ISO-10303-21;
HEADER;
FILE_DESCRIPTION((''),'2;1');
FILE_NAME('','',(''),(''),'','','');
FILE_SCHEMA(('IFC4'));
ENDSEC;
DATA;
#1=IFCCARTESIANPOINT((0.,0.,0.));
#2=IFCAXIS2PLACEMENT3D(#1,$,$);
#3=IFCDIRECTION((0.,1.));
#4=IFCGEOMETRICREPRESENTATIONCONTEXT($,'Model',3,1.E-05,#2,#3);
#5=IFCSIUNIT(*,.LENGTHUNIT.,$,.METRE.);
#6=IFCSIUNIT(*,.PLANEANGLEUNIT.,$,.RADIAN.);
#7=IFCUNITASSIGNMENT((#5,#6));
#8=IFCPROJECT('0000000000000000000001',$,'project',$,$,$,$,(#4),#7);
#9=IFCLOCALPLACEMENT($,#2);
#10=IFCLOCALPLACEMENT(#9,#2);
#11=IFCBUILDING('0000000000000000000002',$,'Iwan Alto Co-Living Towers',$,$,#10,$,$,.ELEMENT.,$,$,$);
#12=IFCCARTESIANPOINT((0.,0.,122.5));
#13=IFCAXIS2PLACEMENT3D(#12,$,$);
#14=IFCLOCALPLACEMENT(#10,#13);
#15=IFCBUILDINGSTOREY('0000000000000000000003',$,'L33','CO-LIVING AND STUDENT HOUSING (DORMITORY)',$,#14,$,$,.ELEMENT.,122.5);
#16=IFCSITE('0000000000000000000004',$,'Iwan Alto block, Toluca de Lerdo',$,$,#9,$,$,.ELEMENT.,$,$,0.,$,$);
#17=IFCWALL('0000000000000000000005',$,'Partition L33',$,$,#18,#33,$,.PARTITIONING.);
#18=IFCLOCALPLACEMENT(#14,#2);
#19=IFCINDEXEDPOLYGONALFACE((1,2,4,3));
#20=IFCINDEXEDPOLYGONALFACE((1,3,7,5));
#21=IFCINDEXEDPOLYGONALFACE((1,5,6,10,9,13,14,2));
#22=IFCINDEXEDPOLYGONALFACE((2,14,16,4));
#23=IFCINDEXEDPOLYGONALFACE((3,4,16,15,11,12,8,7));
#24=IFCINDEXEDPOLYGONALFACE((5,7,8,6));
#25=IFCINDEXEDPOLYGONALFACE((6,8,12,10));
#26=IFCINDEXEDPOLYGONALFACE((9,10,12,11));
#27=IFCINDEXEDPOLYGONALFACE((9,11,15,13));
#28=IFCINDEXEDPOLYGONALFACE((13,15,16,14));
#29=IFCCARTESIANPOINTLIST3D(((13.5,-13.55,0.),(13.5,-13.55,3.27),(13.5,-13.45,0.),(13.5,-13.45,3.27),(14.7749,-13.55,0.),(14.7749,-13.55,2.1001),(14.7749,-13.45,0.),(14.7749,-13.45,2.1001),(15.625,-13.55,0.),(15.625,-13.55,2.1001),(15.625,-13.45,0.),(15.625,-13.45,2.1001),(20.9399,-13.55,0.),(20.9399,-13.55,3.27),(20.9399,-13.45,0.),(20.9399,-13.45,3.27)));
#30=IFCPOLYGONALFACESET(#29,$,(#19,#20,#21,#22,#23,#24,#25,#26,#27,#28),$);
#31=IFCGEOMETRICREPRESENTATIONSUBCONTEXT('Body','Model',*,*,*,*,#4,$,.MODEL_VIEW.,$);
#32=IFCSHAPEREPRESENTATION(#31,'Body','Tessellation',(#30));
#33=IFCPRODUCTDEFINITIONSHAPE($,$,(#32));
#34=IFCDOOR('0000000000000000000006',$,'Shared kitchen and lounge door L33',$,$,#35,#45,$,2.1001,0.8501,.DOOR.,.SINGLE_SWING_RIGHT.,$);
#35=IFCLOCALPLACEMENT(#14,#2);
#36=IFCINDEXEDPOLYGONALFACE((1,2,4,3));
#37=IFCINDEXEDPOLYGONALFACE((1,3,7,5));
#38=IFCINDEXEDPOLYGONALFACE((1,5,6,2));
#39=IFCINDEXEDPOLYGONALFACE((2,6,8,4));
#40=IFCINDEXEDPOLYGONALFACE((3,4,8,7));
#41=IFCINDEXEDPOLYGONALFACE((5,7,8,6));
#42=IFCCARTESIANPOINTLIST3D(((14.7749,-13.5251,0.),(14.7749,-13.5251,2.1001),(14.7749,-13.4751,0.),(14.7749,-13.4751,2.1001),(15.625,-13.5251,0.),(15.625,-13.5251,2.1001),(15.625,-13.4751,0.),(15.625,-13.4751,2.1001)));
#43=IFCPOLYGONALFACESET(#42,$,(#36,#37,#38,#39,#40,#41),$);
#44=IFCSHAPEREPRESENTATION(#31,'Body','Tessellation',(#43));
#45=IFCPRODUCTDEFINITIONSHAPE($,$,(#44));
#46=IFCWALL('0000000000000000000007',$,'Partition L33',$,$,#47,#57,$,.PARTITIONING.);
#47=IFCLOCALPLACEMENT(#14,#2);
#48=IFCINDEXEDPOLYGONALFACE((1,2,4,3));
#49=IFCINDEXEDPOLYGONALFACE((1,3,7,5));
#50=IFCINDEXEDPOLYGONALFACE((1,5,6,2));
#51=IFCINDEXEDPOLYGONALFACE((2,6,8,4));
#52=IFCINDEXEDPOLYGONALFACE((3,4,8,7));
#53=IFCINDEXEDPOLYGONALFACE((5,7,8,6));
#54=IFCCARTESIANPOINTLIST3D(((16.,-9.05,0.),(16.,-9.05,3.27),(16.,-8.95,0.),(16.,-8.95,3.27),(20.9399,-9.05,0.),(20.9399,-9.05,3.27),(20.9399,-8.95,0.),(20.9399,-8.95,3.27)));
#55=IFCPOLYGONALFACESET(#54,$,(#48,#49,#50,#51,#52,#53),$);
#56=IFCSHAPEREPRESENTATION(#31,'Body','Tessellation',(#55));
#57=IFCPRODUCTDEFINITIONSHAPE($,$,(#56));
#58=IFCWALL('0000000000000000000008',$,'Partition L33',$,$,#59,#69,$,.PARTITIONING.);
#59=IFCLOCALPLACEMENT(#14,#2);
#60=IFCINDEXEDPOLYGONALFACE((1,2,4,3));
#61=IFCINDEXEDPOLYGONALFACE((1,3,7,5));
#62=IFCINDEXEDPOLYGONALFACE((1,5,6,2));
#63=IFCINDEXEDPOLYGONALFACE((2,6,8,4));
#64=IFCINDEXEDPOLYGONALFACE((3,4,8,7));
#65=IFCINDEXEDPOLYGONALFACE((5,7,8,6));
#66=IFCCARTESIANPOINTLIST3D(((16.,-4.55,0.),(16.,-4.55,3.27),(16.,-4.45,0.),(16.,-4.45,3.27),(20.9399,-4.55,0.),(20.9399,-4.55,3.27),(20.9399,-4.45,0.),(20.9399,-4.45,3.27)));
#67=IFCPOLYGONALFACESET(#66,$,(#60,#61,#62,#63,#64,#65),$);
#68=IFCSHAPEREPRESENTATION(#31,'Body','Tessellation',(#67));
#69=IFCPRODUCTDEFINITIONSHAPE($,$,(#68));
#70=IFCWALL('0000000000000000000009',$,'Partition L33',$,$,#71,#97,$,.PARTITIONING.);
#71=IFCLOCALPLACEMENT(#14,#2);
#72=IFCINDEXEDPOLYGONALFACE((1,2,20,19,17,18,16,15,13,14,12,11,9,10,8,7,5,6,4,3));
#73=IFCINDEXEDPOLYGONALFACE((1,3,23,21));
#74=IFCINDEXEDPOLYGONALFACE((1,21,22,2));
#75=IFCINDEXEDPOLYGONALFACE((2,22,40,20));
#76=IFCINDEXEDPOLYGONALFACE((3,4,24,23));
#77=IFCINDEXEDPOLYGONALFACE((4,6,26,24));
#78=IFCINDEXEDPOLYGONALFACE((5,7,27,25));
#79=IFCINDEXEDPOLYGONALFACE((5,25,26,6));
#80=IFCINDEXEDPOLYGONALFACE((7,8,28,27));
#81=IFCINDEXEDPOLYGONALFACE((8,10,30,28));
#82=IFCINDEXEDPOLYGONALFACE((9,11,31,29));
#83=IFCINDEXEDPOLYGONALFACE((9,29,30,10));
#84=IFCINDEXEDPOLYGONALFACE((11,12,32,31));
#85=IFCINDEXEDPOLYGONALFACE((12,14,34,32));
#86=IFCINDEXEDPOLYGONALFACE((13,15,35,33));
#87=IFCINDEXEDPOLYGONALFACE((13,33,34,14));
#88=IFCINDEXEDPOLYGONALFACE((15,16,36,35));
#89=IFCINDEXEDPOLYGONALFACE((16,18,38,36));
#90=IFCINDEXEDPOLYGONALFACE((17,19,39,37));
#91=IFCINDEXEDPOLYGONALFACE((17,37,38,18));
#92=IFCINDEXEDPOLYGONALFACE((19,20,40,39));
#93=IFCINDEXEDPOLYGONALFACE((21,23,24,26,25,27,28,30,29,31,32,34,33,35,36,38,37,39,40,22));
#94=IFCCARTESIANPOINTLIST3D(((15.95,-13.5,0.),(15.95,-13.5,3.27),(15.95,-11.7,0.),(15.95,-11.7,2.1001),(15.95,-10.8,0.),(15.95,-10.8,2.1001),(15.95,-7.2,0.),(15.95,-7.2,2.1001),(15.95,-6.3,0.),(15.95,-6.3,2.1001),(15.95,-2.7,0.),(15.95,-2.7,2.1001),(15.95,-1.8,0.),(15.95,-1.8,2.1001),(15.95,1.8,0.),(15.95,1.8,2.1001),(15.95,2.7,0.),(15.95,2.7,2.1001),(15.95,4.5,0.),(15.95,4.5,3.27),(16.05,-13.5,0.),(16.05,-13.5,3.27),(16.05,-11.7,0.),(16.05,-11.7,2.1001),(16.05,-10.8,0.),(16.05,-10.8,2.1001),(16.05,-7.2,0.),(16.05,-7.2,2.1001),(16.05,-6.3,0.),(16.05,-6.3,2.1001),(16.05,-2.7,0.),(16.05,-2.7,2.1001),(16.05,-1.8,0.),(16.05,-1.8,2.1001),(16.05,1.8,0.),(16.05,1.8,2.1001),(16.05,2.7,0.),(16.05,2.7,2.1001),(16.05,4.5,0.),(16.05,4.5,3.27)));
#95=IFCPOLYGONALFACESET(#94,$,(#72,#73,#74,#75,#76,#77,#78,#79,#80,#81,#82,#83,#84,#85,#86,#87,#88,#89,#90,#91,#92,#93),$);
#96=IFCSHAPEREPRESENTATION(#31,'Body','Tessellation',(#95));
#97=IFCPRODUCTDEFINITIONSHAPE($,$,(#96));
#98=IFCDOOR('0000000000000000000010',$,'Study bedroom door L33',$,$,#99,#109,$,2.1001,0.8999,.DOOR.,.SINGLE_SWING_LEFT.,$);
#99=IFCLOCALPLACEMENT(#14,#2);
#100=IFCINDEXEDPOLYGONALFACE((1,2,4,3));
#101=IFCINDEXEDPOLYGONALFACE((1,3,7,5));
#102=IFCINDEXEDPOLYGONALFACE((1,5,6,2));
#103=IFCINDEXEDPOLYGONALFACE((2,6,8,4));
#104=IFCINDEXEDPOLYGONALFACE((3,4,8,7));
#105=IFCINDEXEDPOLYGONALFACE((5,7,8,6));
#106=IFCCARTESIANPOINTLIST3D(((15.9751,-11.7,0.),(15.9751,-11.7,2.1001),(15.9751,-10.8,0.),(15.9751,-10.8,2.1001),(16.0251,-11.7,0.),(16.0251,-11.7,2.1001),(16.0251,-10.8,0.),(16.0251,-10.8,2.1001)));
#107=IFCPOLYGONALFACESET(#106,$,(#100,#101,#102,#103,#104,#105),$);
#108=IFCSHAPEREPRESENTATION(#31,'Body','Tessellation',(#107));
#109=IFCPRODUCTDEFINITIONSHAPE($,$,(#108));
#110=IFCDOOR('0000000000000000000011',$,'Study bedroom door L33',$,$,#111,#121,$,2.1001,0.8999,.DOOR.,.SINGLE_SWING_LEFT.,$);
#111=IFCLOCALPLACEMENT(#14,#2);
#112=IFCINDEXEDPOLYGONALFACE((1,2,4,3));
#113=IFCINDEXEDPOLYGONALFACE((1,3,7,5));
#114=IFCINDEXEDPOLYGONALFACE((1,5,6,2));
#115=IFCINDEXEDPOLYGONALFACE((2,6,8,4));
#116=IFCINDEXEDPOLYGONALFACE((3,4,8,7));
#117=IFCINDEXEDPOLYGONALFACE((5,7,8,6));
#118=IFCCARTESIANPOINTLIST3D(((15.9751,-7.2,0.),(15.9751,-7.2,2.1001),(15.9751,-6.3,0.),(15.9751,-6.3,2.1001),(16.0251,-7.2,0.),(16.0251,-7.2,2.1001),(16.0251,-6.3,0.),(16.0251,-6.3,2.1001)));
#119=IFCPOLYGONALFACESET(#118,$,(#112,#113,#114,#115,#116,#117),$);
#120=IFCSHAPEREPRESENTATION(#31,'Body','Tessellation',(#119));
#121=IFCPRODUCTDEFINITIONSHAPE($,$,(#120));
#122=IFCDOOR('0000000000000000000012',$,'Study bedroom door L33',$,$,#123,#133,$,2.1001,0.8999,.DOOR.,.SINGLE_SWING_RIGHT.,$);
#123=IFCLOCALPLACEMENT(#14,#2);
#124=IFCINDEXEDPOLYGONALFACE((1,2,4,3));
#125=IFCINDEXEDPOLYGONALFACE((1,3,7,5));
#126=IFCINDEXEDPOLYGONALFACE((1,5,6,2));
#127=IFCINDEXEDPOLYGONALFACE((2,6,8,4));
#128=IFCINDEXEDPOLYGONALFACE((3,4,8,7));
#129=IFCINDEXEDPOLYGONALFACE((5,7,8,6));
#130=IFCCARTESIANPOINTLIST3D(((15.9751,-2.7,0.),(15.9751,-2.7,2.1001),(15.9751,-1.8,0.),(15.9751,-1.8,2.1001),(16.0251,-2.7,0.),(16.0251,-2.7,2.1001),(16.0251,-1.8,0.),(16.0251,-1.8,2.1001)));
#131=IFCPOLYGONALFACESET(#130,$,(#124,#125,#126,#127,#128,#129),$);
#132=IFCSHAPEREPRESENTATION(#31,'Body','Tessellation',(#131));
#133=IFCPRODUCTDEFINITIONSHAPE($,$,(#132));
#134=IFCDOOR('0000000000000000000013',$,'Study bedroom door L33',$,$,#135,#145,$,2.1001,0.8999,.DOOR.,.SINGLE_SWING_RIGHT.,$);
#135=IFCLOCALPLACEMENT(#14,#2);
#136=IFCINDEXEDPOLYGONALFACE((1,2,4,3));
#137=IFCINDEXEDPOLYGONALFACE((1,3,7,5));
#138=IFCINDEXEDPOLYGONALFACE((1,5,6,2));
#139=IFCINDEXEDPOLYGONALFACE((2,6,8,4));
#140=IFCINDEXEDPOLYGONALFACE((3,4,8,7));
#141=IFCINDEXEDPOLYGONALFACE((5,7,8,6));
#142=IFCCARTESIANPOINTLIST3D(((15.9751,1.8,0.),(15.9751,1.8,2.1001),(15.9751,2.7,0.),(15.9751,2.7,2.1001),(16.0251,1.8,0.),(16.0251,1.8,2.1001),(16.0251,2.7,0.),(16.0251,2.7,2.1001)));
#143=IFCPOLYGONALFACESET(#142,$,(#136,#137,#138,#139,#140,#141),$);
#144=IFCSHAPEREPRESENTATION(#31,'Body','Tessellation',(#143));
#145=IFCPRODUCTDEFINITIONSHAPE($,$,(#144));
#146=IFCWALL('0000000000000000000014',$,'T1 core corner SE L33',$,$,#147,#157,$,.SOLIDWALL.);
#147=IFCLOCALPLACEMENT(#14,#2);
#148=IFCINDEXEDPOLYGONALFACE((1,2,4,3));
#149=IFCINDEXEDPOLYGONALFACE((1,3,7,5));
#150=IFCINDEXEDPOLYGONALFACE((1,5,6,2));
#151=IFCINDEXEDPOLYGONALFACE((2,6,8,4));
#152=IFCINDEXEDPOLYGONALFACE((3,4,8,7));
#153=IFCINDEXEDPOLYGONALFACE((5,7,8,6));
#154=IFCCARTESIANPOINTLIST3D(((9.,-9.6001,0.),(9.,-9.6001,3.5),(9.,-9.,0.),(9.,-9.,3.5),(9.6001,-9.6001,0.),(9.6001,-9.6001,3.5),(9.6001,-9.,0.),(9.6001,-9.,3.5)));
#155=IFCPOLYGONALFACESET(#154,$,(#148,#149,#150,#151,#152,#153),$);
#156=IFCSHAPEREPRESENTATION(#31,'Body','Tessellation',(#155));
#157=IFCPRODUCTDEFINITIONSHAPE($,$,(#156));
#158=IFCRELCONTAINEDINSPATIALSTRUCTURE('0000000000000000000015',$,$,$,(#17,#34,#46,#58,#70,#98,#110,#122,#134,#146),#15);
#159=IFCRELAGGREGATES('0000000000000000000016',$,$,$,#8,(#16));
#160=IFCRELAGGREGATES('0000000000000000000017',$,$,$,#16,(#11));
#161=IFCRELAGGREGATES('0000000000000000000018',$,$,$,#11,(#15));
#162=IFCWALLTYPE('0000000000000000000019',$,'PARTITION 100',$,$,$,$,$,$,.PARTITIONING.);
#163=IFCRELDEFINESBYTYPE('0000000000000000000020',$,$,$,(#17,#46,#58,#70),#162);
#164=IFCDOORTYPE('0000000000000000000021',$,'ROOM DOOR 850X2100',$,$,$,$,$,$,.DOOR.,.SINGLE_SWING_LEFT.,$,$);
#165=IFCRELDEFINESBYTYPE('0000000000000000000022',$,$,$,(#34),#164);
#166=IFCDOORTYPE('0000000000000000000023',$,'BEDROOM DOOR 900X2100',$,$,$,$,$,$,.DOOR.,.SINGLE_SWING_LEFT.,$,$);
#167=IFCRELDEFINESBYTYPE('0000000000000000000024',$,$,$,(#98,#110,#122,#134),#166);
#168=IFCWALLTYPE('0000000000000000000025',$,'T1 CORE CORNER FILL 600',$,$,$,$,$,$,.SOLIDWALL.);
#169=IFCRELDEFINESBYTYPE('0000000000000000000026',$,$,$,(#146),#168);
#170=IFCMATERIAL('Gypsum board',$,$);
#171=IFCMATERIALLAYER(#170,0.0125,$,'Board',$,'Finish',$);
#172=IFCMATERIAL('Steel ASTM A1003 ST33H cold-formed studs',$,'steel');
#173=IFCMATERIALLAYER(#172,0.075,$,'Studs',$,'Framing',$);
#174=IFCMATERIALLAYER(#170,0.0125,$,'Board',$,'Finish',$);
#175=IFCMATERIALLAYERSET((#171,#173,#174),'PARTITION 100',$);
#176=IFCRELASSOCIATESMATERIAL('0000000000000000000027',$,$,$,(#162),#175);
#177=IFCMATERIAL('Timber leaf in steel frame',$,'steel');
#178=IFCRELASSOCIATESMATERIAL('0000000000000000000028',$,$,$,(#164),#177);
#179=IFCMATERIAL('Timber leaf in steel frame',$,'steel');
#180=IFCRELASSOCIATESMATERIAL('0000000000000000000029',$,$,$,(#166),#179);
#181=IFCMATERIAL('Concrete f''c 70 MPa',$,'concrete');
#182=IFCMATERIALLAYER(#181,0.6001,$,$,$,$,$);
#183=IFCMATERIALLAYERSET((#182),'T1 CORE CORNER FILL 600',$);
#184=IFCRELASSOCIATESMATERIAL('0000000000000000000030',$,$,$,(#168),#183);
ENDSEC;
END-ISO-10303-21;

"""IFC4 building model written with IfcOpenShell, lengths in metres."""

from ifc_helpers import new_model, si_unit, direction, frame, frame_2d, origin, place, context, subcontext, project, spatial, rectangle, extrude, material, layer, layer_set, type_object, element, fill, save


model = new_model("IFC4")

# Units and contexts
model_context = context("Model", 3, precision=1e-05, world=origin(), true_north=direction((0.0, 1.0)))
body_context = subcontext(model_context, "Body", "Model", "MODEL_VIEW")
ifc_project = project(units=[si_unit("LENGTHUNIT", "METRE"), si_unit("PLANEANGLEUNIT", "RADIAN")], contexts=[model_context])

# Site, building, storey
site_placement = place(None, origin())
site = spatial("IfcSite", under=ifc_project, at=site_placement, Name="Iwan Alto block, Toluca de Lerdo", CompositionType="ELEMENT", RefElevation=0.0)
building_placement = place(site_placement, origin())
building = spatial("IfcBuilding", under=site, at=building_placement, Name="Iwan Alto Co-Living Towers", CompositionType="ELEMENT")
storey_placement = place(building_placement, frame((0.0, 0.0, 122.5)))
storey = spatial("IfcBuildingStorey", under=building, at=storey_placement, Name="L33", Description="CO-LIVING AND STUDENT HOUSING (DORMITORY)", CompositionType="ELEMENT", Elevation=122.5)

# Shared definitions
ifc_material_1 = material(Name="Gypsum board")
ifc_material_2 = material(Name="Steel ASTM A1003 ST33H cold-formed studs", Category="steel")

# Wall, opening, door
ifc_layer_1 = layer(ifc_material_1, 0.0125, Name="Board", Category="Finish")
ifc_layer_2 = layer(ifc_material_2, 0.075, Name="Studs", Category="Framing")
ifc_layer_3 = layer(ifc_material_1, 0.0125, Name="Board", Category="Finish")
ifc_layer_set_1 = layer_set([ifc_layer_1, ifc_layer_2, ifc_layer_3], Name="PARTITION 100")
wall_type_1 = type_object("IfcWallType", Name="PARTITION 100", PredefinedType="PARTITIONING", material=ifc_layer_set_1)
wall_1_placement = place(storey_placement, frame((13.5, -13.5, 0.0), z_axis=(0.0, 0.0, 1.0), x_axis=(1.0, 0.0, 0.0)))
wall_1 = element("IfcWall", 1, at=wall_1_placement, inside=storey, type_object=wall_type_1, Name="Partition L33", PredefinedType="PARTITIONING", context=body_context, shape_type="SweptSolid", body=[
    extrude(rectangle(XDim=7.4399, YDim=0.1001, at=frame_2d((3.72, 0.0))), origin(), (0.0, 0.0, 1.0), 3.27),
])
opening_1_placement = place(wall_1_placement, frame((1.2749, 0.0, 0.0)))
opening_1 = element("IfcOpeningElement", 2, at=opening_1_placement, cuts=wall_1, PredefinedType="OPENING", context=body_context, shape_type="SweptSolid", body=[
    extrude(rectangle(XDim=0.8501, YDim=2.1001, at=frame_2d((0.425, 1.05))), frame((0.0, 0.0601, 0.0), z_axis=(0.0, -1.0, 0.0), x_axis=(1.0, 0.0, 0.0)), (0.0, 0.0, 1.0), 0.1201),
])
ifc_material_3 = material(Name="Timber leaf in steel frame", Category="steel")
door_type_1 = type_object("IfcDoorType", Name="ROOM DOOR 850X2100", OperationType="SINGLE_SWING_LEFT", PredefinedType="DOOR", material=ifc_material_3)
door_1_placement = place(opening_1_placement, origin())
door_1 = element("IfcDoor", 3, at=door_1_placement, inside=storey, type_object=door_type_1, Name="Shared kitchen and lounge door L33", OperationType="SINGLE_SWING_RIGHT", OverallHeight=2.1001, OverallWidth=0.8501, PredefinedType="DOOR", context=body_context, shape_type="SweptSolid", body=[
    extrude(rectangle(XDim=0.8501, YDim=2.1001, at=frame_2d((0.425, 1.05))), frame((0.0, 0.0249, 0.0), z_axis=(0.0, -1.0, 0.0), x_axis=(1.0, 0.0, 0.0)), (0.0, 0.0, 1.0), 0.05),
])
fill(opening_1, door_1)

# Walls
for number, where, z_axis, x_axis, name in (
    (4, (16.0, -9.0, 0.0), (0.0, 0.0, 1.0), (1.0, 0.0, 0.0), "Partition L33"),
    (5, (16.0, -4.5, 0.0), (0.0, 0.0, 1.0), (1.0, 0.0, 0.0), "Partition L33"),
):
    element("IfcWall", number, at=place(storey_placement, frame(where, z_axis=z_axis, x_axis=x_axis)), inside=storey, type_object=wall_type_1, Name=name, PredefinedType="PARTITIONING", context=body_context, shape_type="SweptSolid", body=[
        extrude(rectangle(XDim=4.9399, YDim=0.1001, at=frame_2d((2.47, 0.0))), origin(), (0.0, 0.0, 1.0), 3.27),
    ])

# Wall, openings, doors
wall_2_placement = place(storey_placement, frame((16.0, -13.5, 0.0), z_axis=(0.0, 0.0, 1.0), x_axis=(0.0, 1.0, 0.0)))
wall_2 = element("IfcWall", 6, at=wall_2_placement, inside=storey, type_object=wall_type_1, Name="Partition L33", PredefinedType="PARTITIONING", context=body_context, shape_type="SweptSolid", body=[
    extrude(rectangle(XDim=18.0, YDim=0.1001, at=frame_2d((9.0, 0.0))), origin(), (0.0, 0.0, 1.0), 3.27),
])
opening_2_placement = place(wall_2_placement, frame((1.8, 0.0, 0.0)))
opening_2 = element("IfcOpeningElement", 7, at=opening_2_placement, cuts=wall_2, PredefinedType="OPENING", context=body_context, shape_type="SweptSolid", body=[
    extrude(rectangle(XDim=0.8999, YDim=2.1001, at=frame_2d((0.45, 1.05))), frame((0.0, 0.0601, 0.0), z_axis=(0.0, -1.0, 0.0), x_axis=(1.0, 0.0, 0.0)), (0.0, 0.0, 1.0), 0.1201),
])
opening_3_placement = place(wall_2_placement, frame((6.3, 0.0, 0.0)))
opening_3 = element("IfcOpeningElement", 8, at=opening_3_placement, cuts=wall_2, PredefinedType="OPENING", context=body_context, shape_type="SweptSolid", body=[
    extrude(rectangle(XDim=0.8999, YDim=2.1001, at=frame_2d((0.45, 1.05))), frame((0.0, 0.0601, 0.0), z_axis=(0.0, -1.0, 0.0), x_axis=(1.0, 0.0, 0.0)), (0.0, 0.0, 1.0), 0.1201),
])
opening_4_placement = place(wall_2_placement, frame((10.8, 0.0, 0.0)))
opening_4 = element("IfcOpeningElement", 9, at=opening_4_placement, cuts=wall_2, PredefinedType="OPENING", context=body_context, shape_type="SweptSolid", body=[
    extrude(rectangle(XDim=0.8999, YDim=2.1001, at=frame_2d((0.45, 1.05))), frame((0.0, 0.0601, 0.0), z_axis=(0.0, -1.0, 0.0), x_axis=(1.0, 0.0, 0.0)), (0.0, 0.0, 1.0), 0.1201),
])
opening_5_placement = place(wall_2_placement, frame((15.3, 0.0, 0.0)))
opening_5 = element("IfcOpeningElement", 10, at=opening_5_placement, cuts=wall_2, PredefinedType="OPENING", context=body_context, shape_type="SweptSolid", body=[
    extrude(rectangle(XDim=0.8999, YDim=2.1001, at=frame_2d((0.45, 1.05))), frame((0.0, 0.0601, 0.0), z_axis=(0.0, -1.0, 0.0), x_axis=(1.0, 0.0, 0.0)), (0.0, 0.0, 1.0), 0.1201),
])
ifc_material_4 = material(Name="Timber leaf in steel frame", Category="steel")
door_type_2 = type_object("IfcDoorType", Name="BEDROOM DOOR 900X2100", OperationType="SINGLE_SWING_LEFT", PredefinedType="DOOR", material=ifc_material_4)
door_2_placement = place(opening_2_placement, origin())
door_2 = element("IfcDoor", 11, at=door_2_placement, inside=storey, type_object=door_type_2, Name="Study bedroom door L33", OperationType="SINGLE_SWING_LEFT", OverallHeight=2.1001, OverallWidth=0.8999, PredefinedType="DOOR", context=body_context, shape_type="SweptSolid", body=[
    extrude(rectangle(XDim=0.8999, YDim=2.1001, at=frame_2d((0.45, 1.05))), frame((0.0, 0.0249, 0.0), z_axis=(0.0, -1.0, 0.0), x_axis=(1.0, 0.0, 0.0)), (0.0, 0.0, 1.0), 0.05),
])
fill(opening_2, door_2)
door_3_placement = place(opening_3_placement, origin())
door_3 = element("IfcDoor", 12, at=door_3_placement, inside=storey, type_object=door_type_2, Name="Study bedroom door L33", OperationType="SINGLE_SWING_LEFT", OverallHeight=2.1001, OverallWidth=0.8999, PredefinedType="DOOR", context=body_context, shape_type="SweptSolid", body=[
    extrude(rectangle(XDim=0.8999, YDim=2.1001, at=frame_2d((0.45, 1.05))), frame((0.0, 0.0249, 0.0), z_axis=(0.0, -1.0, 0.0), x_axis=(1.0, 0.0, 0.0)), (0.0, 0.0, 1.0), 0.05),
])
fill(opening_3, door_3)
door_4_placement = place(opening_4_placement, origin())
door_4 = element("IfcDoor", 13, at=door_4_placement, inside=storey, type_object=door_type_2, Name="Study bedroom door L33", OperationType="SINGLE_SWING_RIGHT", OverallHeight=2.1001, OverallWidth=0.8999, PredefinedType="DOOR", context=body_context, shape_type="SweptSolid", body=[
    extrude(rectangle(XDim=0.8999, YDim=2.1001, at=frame_2d((0.45, 1.05))), frame((0.0, 0.0249, 0.0), z_axis=(0.0, -1.0, 0.0), x_axis=(1.0, 0.0, 0.0)), (0.0, 0.0, 1.0), 0.05),
])
fill(opening_4, door_4)
door_5_placement = place(opening_5_placement, origin())
door_5 = element("IfcDoor", 14, at=door_5_placement, inside=storey, type_object=door_type_2, Name="Study bedroom door L33", OperationType="SINGLE_SWING_RIGHT", OverallHeight=2.1001, OverallWidth=0.8999, PredefinedType="DOOR", context=body_context, shape_type="SweptSolid", body=[
    extrude(rectangle(XDim=0.8999, YDim=2.1001, at=frame_2d((0.45, 1.05))), frame((0.0, 0.0249, 0.0), z_axis=(0.0, -1.0, 0.0), x_axis=(1.0, 0.0, 0.0)), (0.0, 0.0, 1.0), 0.05),
])
fill(opening_5, door_5)

# Wall
ifc_material_5 = material(Name="Concrete f'c 70 MPa", Category="concrete")
ifc_layer_4 = layer(ifc_material_5, 0.6001)
ifc_layer_set_2 = layer_set([ifc_layer_4], Name="T1 CORE CORNER FILL 600")
wall_type_2 = type_object("IfcWallType", Name="T1 CORE CORNER FILL 600", PredefinedType="SOLIDWALL", material=ifc_layer_set_2)
wall_3_placement = place(storey_placement, frame((9.0, -9.3, 0.0), z_axis=(0.0, 0.0, 1.0), x_axis=(1.0, 0.0, 0.0)))
element("IfcWall", 15, at=wall_3_placement, inside=storey, type_object=wall_type_2, Name="T1 core corner SE L33", PredefinedType="SOLIDWALL", context=body_context, shape_type="SweptSolid", body=[
    extrude(rectangle(XDim=0.6001, YDim=0.6001, at=frame_2d((0.3, 0.0))), origin(), (0.0, 0.0, 1.0), 3.5),
])

save(model, "model.ifc")
